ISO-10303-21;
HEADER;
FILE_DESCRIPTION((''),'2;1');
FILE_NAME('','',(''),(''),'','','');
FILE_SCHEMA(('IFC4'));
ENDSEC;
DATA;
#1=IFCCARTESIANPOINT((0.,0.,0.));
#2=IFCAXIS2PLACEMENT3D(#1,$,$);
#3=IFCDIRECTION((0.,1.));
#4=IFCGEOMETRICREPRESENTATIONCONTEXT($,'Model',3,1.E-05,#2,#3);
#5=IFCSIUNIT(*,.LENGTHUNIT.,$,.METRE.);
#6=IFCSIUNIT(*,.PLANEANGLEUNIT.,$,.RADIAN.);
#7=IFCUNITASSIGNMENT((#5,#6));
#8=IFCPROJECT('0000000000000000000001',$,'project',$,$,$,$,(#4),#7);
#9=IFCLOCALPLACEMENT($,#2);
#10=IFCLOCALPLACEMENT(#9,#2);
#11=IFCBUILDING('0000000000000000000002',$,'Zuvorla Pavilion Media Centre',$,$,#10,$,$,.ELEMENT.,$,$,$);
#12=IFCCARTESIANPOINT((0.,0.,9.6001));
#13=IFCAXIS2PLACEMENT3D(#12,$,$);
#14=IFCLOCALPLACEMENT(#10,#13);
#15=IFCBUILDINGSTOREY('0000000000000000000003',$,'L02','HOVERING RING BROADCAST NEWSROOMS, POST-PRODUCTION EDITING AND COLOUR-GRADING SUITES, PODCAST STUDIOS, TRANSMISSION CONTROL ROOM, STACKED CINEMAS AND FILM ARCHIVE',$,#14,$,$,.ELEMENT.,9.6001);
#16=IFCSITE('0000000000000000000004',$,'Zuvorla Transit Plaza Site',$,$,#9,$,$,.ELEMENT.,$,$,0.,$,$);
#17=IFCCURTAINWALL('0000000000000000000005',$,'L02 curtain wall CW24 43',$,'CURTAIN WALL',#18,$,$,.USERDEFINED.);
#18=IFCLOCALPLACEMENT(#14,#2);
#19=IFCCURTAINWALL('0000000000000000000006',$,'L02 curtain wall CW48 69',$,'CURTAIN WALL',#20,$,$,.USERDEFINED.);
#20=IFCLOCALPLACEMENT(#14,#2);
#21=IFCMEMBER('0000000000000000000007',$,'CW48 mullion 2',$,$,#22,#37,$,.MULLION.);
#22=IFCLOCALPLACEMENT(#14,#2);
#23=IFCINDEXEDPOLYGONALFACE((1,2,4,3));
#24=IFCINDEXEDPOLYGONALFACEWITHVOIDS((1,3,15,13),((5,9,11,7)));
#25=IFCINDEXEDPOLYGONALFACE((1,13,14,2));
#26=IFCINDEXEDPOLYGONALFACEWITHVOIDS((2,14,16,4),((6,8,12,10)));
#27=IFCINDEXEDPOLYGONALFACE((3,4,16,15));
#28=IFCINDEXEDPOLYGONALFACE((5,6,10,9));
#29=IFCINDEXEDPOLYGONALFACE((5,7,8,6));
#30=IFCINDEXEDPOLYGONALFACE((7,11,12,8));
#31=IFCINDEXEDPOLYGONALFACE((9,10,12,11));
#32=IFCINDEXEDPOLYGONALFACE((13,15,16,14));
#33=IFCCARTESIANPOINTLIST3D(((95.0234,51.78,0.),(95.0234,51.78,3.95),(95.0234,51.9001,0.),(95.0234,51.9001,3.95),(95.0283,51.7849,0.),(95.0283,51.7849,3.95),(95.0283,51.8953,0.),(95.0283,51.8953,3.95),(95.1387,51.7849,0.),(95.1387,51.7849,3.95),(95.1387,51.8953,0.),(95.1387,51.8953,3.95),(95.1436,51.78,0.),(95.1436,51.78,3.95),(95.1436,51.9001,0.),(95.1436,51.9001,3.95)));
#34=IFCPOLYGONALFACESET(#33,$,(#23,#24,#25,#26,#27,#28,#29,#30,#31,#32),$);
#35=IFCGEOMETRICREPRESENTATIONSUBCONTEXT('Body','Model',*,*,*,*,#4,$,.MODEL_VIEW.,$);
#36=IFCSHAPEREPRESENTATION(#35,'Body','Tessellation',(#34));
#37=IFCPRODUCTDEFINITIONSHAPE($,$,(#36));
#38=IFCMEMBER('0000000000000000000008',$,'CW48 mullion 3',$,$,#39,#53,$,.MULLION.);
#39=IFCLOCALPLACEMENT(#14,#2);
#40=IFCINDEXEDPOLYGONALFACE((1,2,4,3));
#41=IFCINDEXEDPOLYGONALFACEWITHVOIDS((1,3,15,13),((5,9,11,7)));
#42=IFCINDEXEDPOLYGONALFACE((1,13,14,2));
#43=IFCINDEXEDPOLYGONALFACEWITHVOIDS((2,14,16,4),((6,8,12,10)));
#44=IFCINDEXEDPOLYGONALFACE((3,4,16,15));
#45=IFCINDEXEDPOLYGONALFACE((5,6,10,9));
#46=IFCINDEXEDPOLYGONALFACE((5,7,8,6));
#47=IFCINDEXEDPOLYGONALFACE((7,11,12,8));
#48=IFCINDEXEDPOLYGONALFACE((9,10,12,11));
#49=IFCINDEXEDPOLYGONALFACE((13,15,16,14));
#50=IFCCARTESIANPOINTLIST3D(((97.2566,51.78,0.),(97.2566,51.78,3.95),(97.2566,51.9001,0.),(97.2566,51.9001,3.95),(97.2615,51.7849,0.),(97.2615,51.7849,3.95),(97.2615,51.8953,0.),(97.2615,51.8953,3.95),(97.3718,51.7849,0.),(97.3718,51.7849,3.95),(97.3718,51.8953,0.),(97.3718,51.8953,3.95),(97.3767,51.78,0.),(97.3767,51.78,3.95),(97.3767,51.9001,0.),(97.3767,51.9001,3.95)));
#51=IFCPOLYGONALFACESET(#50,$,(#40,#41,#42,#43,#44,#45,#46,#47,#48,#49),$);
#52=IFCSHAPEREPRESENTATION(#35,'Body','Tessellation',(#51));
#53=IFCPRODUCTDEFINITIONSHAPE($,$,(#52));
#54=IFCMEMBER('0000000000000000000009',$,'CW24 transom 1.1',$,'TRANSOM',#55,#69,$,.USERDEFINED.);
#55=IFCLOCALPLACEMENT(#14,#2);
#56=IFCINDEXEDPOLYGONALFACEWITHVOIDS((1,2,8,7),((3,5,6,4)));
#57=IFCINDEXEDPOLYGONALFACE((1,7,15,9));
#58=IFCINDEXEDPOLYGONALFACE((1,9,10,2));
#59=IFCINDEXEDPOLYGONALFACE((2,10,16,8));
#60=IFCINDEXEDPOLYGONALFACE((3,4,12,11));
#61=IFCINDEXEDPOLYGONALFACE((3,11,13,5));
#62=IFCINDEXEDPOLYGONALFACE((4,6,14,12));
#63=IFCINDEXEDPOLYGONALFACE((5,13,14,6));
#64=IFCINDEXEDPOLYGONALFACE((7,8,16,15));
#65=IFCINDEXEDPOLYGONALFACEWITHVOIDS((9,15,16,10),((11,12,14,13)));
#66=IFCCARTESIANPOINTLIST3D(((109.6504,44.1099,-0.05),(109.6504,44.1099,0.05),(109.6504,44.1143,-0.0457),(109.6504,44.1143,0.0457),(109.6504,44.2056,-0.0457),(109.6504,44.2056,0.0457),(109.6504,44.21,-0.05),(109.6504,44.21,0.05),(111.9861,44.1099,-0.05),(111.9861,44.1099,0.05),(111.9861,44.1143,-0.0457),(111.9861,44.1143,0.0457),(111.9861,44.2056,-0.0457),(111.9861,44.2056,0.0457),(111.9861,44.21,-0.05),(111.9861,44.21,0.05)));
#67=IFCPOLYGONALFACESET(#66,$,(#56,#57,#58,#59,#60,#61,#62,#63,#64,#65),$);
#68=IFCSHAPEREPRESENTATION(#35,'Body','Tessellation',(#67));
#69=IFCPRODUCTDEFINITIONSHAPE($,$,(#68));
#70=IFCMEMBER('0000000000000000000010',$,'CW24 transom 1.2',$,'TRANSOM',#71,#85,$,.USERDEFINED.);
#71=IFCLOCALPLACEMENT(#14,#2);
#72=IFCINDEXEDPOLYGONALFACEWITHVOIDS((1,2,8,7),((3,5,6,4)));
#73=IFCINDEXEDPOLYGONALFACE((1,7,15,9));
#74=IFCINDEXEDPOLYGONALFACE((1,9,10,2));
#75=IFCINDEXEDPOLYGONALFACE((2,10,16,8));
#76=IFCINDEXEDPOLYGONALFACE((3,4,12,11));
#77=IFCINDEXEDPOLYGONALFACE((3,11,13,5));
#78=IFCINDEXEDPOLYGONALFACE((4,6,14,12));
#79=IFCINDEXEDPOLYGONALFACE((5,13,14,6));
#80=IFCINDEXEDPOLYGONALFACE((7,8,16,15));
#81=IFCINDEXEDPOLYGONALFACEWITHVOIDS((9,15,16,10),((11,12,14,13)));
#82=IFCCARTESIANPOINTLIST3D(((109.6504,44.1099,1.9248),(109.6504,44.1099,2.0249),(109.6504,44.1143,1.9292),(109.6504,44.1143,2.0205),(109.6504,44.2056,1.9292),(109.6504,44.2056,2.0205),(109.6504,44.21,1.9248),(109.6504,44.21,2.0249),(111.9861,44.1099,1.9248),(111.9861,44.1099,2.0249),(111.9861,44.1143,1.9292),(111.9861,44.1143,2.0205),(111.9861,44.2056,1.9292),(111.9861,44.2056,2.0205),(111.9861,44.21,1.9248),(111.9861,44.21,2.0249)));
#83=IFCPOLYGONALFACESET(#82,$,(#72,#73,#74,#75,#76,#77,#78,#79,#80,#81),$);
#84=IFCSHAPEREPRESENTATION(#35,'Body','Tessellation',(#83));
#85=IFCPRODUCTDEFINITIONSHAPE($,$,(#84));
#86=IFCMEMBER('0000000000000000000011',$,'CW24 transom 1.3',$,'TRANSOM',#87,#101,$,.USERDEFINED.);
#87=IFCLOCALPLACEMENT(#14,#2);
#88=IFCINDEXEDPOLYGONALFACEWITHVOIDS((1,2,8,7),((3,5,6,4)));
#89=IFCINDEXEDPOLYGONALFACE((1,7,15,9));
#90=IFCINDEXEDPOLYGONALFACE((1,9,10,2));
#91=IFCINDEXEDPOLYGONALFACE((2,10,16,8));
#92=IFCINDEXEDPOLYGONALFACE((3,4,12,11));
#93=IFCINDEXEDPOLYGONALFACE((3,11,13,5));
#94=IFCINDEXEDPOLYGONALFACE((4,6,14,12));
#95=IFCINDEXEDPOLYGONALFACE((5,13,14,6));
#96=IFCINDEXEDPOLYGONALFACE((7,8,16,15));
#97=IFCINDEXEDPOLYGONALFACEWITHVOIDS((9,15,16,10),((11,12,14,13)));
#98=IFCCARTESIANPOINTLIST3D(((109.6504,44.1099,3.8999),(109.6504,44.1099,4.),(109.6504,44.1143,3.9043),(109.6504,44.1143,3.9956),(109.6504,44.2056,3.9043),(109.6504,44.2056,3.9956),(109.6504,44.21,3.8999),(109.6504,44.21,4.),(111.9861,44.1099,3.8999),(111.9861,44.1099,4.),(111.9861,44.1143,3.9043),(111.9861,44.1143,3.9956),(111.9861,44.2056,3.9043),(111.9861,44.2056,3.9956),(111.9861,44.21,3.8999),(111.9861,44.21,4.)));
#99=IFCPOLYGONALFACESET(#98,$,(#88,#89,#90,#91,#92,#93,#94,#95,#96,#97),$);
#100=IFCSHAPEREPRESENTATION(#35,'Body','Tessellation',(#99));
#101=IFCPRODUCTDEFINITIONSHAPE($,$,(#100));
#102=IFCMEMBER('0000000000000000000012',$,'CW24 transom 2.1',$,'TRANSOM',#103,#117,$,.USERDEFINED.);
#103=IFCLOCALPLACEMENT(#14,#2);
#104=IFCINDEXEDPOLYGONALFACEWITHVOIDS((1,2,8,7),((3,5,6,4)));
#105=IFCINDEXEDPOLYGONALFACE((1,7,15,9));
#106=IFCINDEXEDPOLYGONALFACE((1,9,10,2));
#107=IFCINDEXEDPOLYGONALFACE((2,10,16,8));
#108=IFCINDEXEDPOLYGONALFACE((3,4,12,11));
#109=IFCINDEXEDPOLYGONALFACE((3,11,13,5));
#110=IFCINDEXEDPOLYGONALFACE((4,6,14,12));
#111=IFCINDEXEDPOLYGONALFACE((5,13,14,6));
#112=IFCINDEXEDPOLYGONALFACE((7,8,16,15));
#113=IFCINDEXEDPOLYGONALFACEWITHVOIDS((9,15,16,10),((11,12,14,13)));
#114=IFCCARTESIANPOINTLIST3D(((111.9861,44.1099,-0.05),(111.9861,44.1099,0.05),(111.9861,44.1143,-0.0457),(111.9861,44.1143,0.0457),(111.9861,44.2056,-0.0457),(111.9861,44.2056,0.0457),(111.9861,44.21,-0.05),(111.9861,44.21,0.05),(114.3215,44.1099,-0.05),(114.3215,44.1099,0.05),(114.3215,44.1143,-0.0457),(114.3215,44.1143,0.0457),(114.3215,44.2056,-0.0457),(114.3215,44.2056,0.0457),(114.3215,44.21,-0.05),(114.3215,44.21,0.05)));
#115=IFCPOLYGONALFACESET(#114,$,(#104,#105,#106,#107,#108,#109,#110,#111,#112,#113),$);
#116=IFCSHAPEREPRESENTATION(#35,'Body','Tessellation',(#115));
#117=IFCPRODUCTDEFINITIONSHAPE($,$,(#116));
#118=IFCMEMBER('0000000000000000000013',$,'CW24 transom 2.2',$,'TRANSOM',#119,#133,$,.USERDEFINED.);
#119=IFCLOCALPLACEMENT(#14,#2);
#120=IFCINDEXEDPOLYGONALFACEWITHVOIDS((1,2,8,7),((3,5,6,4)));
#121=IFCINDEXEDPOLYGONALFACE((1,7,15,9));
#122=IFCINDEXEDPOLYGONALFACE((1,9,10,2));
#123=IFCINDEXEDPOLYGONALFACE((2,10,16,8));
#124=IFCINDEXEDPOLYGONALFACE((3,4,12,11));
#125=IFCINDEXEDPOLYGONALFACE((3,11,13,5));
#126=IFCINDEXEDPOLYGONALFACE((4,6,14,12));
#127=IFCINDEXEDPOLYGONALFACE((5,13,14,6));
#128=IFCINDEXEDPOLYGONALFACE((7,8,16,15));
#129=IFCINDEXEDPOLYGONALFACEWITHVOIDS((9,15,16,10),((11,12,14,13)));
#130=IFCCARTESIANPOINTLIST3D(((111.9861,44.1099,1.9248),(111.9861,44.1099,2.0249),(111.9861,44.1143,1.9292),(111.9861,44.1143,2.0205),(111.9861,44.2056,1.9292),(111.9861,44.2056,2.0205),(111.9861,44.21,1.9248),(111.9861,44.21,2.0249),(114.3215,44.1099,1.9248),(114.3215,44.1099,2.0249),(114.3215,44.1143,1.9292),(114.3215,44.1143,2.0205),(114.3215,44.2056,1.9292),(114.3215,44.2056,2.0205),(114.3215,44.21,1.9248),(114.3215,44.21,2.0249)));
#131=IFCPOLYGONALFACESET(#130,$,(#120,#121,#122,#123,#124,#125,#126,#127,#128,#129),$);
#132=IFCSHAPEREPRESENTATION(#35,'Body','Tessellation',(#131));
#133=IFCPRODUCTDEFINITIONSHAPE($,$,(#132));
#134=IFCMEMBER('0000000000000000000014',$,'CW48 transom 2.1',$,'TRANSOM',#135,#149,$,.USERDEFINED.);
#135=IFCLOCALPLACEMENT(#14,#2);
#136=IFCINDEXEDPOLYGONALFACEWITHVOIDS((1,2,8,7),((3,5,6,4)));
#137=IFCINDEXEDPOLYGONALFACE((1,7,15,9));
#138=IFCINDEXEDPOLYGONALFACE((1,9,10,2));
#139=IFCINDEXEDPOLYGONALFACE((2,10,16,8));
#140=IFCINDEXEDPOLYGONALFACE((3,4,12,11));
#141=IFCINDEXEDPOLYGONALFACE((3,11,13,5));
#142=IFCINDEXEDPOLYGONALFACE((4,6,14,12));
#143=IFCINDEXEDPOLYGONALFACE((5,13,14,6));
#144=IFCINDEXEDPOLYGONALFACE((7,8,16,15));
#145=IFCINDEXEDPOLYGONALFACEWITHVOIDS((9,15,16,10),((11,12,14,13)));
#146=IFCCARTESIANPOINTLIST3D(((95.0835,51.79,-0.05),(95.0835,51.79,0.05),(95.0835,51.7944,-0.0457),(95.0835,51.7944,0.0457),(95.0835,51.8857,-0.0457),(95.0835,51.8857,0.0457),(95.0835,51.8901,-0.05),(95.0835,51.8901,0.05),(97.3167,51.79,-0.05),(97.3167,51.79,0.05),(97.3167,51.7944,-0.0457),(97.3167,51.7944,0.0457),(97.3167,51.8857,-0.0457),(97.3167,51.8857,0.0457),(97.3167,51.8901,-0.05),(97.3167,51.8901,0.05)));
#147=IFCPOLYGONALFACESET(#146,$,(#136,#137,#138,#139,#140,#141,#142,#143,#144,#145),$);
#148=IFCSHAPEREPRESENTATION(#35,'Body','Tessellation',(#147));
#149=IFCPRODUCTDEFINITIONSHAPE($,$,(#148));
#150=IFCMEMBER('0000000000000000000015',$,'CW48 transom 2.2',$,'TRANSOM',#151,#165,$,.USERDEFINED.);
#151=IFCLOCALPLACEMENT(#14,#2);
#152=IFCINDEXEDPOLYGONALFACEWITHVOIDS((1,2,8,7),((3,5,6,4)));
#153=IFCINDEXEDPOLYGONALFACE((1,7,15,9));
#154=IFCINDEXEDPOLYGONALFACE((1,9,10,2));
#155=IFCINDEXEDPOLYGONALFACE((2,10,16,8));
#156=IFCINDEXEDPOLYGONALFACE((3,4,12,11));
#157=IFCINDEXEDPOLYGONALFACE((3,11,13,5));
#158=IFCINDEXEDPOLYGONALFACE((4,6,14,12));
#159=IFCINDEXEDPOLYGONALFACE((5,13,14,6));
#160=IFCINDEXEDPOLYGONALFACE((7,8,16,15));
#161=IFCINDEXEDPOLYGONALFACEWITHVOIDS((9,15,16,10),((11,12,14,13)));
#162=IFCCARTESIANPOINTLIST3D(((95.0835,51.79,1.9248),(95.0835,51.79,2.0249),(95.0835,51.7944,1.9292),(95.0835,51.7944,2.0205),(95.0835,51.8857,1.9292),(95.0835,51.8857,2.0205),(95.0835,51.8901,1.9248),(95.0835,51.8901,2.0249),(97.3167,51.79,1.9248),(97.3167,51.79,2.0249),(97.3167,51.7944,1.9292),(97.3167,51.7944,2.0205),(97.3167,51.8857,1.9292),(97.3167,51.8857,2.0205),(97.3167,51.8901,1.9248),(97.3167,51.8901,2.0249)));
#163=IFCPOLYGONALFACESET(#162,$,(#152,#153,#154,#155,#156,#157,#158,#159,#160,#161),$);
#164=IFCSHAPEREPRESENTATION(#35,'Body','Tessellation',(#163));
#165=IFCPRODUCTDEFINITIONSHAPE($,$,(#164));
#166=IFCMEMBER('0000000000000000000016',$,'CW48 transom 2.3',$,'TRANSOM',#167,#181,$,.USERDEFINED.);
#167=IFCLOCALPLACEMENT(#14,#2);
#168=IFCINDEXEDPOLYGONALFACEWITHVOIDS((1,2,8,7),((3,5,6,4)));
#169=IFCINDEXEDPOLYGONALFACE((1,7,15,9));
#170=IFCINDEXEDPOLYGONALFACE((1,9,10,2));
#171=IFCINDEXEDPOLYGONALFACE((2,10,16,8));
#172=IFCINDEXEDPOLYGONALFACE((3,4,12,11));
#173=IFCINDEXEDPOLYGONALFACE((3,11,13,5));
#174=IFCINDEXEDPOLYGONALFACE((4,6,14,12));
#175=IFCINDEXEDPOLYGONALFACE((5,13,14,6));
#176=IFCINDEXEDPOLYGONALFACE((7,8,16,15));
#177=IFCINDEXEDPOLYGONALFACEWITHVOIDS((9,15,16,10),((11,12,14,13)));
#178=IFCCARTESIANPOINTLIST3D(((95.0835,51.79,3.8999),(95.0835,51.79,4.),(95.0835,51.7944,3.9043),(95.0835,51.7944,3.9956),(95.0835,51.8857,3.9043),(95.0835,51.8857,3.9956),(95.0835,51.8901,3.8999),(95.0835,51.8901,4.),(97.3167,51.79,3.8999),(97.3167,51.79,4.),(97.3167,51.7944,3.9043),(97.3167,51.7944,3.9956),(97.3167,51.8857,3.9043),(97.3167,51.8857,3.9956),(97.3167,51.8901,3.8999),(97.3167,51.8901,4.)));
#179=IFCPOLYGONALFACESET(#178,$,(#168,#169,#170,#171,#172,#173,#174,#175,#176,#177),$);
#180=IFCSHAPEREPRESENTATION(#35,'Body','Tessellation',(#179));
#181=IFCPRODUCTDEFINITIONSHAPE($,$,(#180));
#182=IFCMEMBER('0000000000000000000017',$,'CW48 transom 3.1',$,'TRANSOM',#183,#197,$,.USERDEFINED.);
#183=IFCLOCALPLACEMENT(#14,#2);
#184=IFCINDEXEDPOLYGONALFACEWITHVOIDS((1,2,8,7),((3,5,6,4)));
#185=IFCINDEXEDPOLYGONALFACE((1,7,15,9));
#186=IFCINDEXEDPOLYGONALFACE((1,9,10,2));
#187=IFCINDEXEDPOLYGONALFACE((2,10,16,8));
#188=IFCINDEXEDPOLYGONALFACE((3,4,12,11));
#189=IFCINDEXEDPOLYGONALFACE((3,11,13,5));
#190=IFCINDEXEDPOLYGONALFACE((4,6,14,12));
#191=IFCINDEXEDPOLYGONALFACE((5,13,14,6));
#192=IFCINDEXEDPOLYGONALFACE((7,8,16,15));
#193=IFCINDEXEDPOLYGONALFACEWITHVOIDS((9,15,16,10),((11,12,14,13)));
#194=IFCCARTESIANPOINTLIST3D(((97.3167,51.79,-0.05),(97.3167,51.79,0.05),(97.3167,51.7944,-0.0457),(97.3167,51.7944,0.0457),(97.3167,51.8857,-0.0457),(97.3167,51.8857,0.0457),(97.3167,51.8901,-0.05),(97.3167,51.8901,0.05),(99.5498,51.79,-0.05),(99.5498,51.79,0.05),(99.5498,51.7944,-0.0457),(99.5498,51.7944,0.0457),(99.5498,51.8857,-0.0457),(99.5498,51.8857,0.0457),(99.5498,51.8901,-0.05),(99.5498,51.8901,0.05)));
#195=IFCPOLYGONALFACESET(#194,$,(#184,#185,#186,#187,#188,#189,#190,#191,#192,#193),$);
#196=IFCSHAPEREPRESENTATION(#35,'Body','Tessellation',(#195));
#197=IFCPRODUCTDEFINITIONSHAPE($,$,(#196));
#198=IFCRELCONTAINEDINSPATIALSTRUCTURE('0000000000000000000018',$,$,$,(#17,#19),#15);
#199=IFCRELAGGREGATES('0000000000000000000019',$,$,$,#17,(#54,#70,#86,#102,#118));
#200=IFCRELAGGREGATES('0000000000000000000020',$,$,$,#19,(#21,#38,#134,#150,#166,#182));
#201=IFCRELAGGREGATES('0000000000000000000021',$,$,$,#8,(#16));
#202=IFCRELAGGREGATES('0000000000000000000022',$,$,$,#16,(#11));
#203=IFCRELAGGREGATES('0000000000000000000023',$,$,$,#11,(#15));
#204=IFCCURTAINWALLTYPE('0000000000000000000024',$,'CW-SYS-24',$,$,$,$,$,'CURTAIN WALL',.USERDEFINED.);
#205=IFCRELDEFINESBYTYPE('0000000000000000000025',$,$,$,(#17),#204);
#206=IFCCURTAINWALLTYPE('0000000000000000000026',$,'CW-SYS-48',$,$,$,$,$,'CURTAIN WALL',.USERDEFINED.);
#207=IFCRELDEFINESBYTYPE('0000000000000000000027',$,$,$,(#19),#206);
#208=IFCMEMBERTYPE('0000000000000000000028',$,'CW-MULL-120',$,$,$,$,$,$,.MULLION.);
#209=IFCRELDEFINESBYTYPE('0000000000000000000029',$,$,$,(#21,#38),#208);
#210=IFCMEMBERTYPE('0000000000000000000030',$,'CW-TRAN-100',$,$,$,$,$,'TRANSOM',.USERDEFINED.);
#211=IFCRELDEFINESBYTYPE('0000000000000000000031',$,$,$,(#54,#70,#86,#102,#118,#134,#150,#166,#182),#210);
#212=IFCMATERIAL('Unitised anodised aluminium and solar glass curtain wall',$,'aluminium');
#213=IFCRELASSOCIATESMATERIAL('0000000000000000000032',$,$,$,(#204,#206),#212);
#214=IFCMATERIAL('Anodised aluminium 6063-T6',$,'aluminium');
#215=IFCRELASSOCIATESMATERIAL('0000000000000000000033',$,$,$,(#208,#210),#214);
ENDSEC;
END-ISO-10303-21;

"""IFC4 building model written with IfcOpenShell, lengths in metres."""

from ifc_helpers import new_model, si_unit, direction, frame, origin, origin_2d, place, context, subcontext, project, spatial, hollow_rectangle, extrude, material, material_profile, profile_set, type_object, element, aggregate, save


model = new_model("IFC4")

# Units and contexts
model_context = context("Model", 3, precision=1e-05, world=origin(), true_north=direction((0.0, 1.0)))
body_context = subcontext(model_context, "Body", "Model", "MODEL_VIEW")
ifc_project = project(units=[si_unit("LENGTHUNIT", "METRE"), si_unit("PLANEANGLEUNIT", "RADIAN")], contexts=[model_context])

# Site, building, storey
site_placement = place(None, origin())
site = spatial("IfcSite", under=ifc_project, at=site_placement, Name="Zuvorla Transit Plaza Site", CompositionType="ELEMENT", RefElevation=0.0)
building_placement = place(site_placement, origin())
building = spatial("IfcBuilding", under=site, at=building_placement, Name="Zuvorla Pavilion Media Centre", CompositionType="ELEMENT")
storey_placement = place(building_placement, frame((0.0, 0.0, 9.6001)))
storey = spatial("IfcBuildingStorey", under=building, at=storey_placement, Name="L02", Description="HOVERING RING BROADCAST NEWSROOMS, POST-PRODUCTION EDITING AND COLOUR-GRADING SUITES, PODCAST STUDIOS, TRANSMISSION CONTROL ROOM, STACKED CINEMAS AND FILM ARCHIVE", CompositionType="ELEMENT", Elevation=9.6001)

# Curtain walls, members
ifc_material_1 = material(Name="Unitised anodised aluminium and solar glass curtain wall", Category="aluminium")
curtain_wall_type_1 = type_object("IfcCurtainWallType", Name="CW-SYS-24", ElementType="CURTAIN WALL", PredefinedType="USERDEFINED", material=ifc_material_1)
curtain_wall_1_placement = place(storey_placement, origin())
curtain_wall_1 = element("IfcCurtainWall", 1, at=curtain_wall_1_placement, inside=storey, type_object=curtain_wall_type_1, Name="L02 curtain wall CW24 43", ObjectType="CURTAIN WALL", PredefinedType="USERDEFINED")
ifc_material_2 = material(Name="Anodised aluminium 6063-T6", Category="aluminium")
ifc_material_profile_1 = material_profile(ifc_material_2, hollow_rectangle(XDim=0.1201, YDim=0.1201, WallThickness=0.0049, at=origin_2d()), Name="ALU MULL 120x120")
ifc_profile_set_1 = profile_set([ifc_material_profile_1], Name="Anodised aluminium 6063-T6")
member_type_1 = type_object("IfcMemberType", Name="CW-MULL-120", PredefinedType="MULLION", material=ifc_profile_set_1)
curtain_wall_type_2 = type_object("IfcCurtainWallType", Name="CW-SYS-48", ElementType="CURTAIN WALL", PredefinedType="USERDEFINED", material=ifc_material_1)
curtain_wall_2_placement = place(storey_placement, origin())
curtain_wall_2 = element("IfcCurtainWall", 2, at=curtain_wall_2_placement, inside=storey, type_object=curtain_wall_type_2, Name="L02 curtain wall CW48 69", ObjectType="CURTAIN WALL", PredefinedType="USERDEFINED")
member_1_placement = place(storey_placement, frame((95.0835, 51.8401, 0.0), z_axis=(0.0, 0.0, 1.0), x_axis=(1.0, 0.0, 0.0)))
member_1 = element("IfcMember", 3, at=member_1_placement, type_object=member_type_1, Name="CW48 mullion 2", PredefinedType="MULLION", context=body_context, shape_type="SweptSolid", body=[
    extrude(hollow_rectangle(XDim=0.1201, YDim=0.1201, WallThickness=0.0049, at=origin_2d()), origin(), (0.0, 0.0, 1.0), 3.95),
])
member_2_placement = place(storey_placement, frame((97.3167, 51.8401, 0.0), z_axis=(0.0, 0.0, 1.0), x_axis=(1.0, 0.0, 0.0)))
member_2 = element("IfcMember", 4, at=member_2_placement, type_object=member_type_1, Name="CW48 mullion 3", PredefinedType="MULLION", context=body_context, shape_type="SweptSolid", body=[
    extrude(hollow_rectangle(XDim=0.1201, YDim=0.1201, WallThickness=0.0049, at=origin_2d()), origin(), (0.0, 0.0, 1.0), 3.95),
])

# Members
ifc_material_profile_2 = material_profile(ifc_material_2, hollow_rectangle(XDim=0.1001, YDim=0.1001, WallThickness=0.0044, at=origin_2d()), Name="ALU TRAN 100x100")
ifc_profile_set_2 = profile_set([ifc_material_profile_2], Name="Anodised aluminium 6063-T6")
member_type_2 = type_object("IfcMemberType", Name="CW-TRAN-100", ElementType="TRANSOM", PredefinedType="USERDEFINED", material=ifc_profile_set_2)
member_3_placement = place(storey_placement, frame((109.6504, 44.1599, 0.0), z_axis=(1.0, 0.0, 0.0), x_axis=(0.0, 1.0, 0.0)))
member_3 = element("IfcMember", 5, at=member_3_placement, type_object=member_type_2, Name="CW24 transom 1.1", ObjectType="TRANSOM", PredefinedType="USERDEFINED", context=body_context, shape_type="SweptSolid", body=[
    extrude(hollow_rectangle(XDim=0.1001, YDim=0.1001, WallThickness=0.0044, at=origin_2d()), origin(), (0.0, 0.0, 1.0), 2.3357),
])
member_4_placement = place(storey_placement, frame((109.6504, 44.1599, 1.9749), z_axis=(1.0, 0.0, 0.0), x_axis=(0.0, 1.0, 0.0)))
member_4 = element("IfcMember", 6, at=member_4_placement, type_object=member_type_2, Name="CW24 transom 1.2", ObjectType="TRANSOM", PredefinedType="USERDEFINED", context=body_context, shape_type="SweptSolid", body=[
    extrude(hollow_rectangle(XDim=0.1001, YDim=0.1001, WallThickness=0.0044, at=origin_2d()), origin(), (0.0, 0.0, 1.0), 2.3357),
])
member_5_placement = place(storey_placement, frame((109.6504, 44.1599, 3.95), z_axis=(1.0, 0.0, 0.0), x_axis=(0.0, 1.0, 0.0)))
member_5 = element("IfcMember", 7, at=member_5_placement, type_object=member_type_2, Name="CW24 transom 1.3", ObjectType="TRANSOM", PredefinedType="USERDEFINED", context=body_context, shape_type="SweptSolid", body=[
    extrude(hollow_rectangle(XDim=0.1001, YDim=0.1001, WallThickness=0.0044, at=origin_2d()), origin(), (0.0, 0.0, 1.0), 2.3357),
])
member_6_placement = place(storey_placement, frame((111.9861, 44.1599, 0.0), z_axis=(1.0, 0.0, 0.0), x_axis=(0.0, 1.0, 0.0)))
member_6 = element("IfcMember", 8, at=member_6_placement, type_object=member_type_2, Name="CW24 transom 2.1", ObjectType="TRANSOM", PredefinedType="USERDEFINED", context=body_context, shape_type="SweptSolid", body=[
    extrude(hollow_rectangle(XDim=0.1001, YDim=0.1001, WallThickness=0.0044, at=origin_2d()), origin(), (0.0, 0.0, 1.0), 2.3354),
])
member_7_placement = place(storey_placement, frame((111.9861, 44.1599, 1.9749), z_axis=(1.0, 0.0, 0.0), x_axis=(0.0, 1.0, 0.0)))
member_7 = element("IfcMember", 9, at=member_7_placement, type_object=member_type_2, Name="CW24 transom 2.2", ObjectType="TRANSOM", PredefinedType="USERDEFINED", context=body_context, shape_type="SweptSolid", body=[
    extrude(hollow_rectangle(XDim=0.1001, YDim=0.1001, WallThickness=0.0044, at=origin_2d()), origin(), (0.0, 0.0, 1.0), 2.3354),
])
member_8_placement = place(storey_placement, frame((95.0835, 51.8401, 0.0), z_axis=(1.0, 0.0, 0.0), x_axis=(0.0, 1.0, 0.0)))
member_8 = element("IfcMember", 10, at=member_8_placement, type_object=member_type_2, Name="CW48 transom 2.1", ObjectType="TRANSOM", PredefinedType="USERDEFINED", context=body_context, shape_type="SweptSolid", body=[
    extrude(hollow_rectangle(XDim=0.1001, YDim=0.1001, WallThickness=0.0044, at=origin_2d()), origin(), (0.0, 0.0, 1.0), 2.2332),
])
member_9_placement = place(storey_placement, frame((95.0835, 51.8401, 1.9749), z_axis=(1.0, 0.0, 0.0), x_axis=(0.0, 1.0, 0.0)))
member_9 = element("IfcMember", 11, at=member_9_placement, type_object=member_type_2, Name="CW48 transom 2.2", ObjectType="TRANSOM", PredefinedType="USERDEFINED", context=body_context, shape_type="SweptSolid", body=[
    extrude(hollow_rectangle(XDim=0.1001, YDim=0.1001, WallThickness=0.0044, at=origin_2d()), origin(), (0.0, 0.0, 1.0), 2.2332),
])
member_10_placement = place(storey_placement, frame((95.0835, 51.8401, 3.95), z_axis=(1.0, 0.0, 0.0), x_axis=(0.0, 1.0, 0.0)))
member_10 = element("IfcMember", 12, at=member_10_placement, type_object=member_type_2, Name="CW48 transom 2.3", ObjectType="TRANSOM", PredefinedType="USERDEFINED", context=body_context, shape_type="SweptSolid", body=[
    extrude(hollow_rectangle(XDim=0.1001, YDim=0.1001, WallThickness=0.0044, at=origin_2d()), origin(), (0.0, 0.0, 1.0), 2.2332),
])
member_11_placement = place(storey_placement, frame((97.3167, 51.8401, 0.0), z_axis=(1.0, 0.0, 0.0), x_axis=(0.0, 1.0, 0.0)))
member_11 = element("IfcMember", 13, at=member_11_placement, type_object=member_type_2, Name="CW48 transom 3.1", ObjectType="TRANSOM", PredefinedType="USERDEFINED", context=body_context, shape_type="SweptSolid", body=[
    extrude(hollow_rectangle(XDim=0.1001, YDim=0.1001, WallThickness=0.0044, at=origin_2d()), origin(), (0.0, 0.0, 1.0), 2.2332),
])

aggregate(curtain_wall_1, [member_3, member_4, member_5, member_6, member_7])
aggregate(curtain_wall_2, [member_1, member_2, member_8, member_9, member_10, member_11])

save(model, "model.ifc")
